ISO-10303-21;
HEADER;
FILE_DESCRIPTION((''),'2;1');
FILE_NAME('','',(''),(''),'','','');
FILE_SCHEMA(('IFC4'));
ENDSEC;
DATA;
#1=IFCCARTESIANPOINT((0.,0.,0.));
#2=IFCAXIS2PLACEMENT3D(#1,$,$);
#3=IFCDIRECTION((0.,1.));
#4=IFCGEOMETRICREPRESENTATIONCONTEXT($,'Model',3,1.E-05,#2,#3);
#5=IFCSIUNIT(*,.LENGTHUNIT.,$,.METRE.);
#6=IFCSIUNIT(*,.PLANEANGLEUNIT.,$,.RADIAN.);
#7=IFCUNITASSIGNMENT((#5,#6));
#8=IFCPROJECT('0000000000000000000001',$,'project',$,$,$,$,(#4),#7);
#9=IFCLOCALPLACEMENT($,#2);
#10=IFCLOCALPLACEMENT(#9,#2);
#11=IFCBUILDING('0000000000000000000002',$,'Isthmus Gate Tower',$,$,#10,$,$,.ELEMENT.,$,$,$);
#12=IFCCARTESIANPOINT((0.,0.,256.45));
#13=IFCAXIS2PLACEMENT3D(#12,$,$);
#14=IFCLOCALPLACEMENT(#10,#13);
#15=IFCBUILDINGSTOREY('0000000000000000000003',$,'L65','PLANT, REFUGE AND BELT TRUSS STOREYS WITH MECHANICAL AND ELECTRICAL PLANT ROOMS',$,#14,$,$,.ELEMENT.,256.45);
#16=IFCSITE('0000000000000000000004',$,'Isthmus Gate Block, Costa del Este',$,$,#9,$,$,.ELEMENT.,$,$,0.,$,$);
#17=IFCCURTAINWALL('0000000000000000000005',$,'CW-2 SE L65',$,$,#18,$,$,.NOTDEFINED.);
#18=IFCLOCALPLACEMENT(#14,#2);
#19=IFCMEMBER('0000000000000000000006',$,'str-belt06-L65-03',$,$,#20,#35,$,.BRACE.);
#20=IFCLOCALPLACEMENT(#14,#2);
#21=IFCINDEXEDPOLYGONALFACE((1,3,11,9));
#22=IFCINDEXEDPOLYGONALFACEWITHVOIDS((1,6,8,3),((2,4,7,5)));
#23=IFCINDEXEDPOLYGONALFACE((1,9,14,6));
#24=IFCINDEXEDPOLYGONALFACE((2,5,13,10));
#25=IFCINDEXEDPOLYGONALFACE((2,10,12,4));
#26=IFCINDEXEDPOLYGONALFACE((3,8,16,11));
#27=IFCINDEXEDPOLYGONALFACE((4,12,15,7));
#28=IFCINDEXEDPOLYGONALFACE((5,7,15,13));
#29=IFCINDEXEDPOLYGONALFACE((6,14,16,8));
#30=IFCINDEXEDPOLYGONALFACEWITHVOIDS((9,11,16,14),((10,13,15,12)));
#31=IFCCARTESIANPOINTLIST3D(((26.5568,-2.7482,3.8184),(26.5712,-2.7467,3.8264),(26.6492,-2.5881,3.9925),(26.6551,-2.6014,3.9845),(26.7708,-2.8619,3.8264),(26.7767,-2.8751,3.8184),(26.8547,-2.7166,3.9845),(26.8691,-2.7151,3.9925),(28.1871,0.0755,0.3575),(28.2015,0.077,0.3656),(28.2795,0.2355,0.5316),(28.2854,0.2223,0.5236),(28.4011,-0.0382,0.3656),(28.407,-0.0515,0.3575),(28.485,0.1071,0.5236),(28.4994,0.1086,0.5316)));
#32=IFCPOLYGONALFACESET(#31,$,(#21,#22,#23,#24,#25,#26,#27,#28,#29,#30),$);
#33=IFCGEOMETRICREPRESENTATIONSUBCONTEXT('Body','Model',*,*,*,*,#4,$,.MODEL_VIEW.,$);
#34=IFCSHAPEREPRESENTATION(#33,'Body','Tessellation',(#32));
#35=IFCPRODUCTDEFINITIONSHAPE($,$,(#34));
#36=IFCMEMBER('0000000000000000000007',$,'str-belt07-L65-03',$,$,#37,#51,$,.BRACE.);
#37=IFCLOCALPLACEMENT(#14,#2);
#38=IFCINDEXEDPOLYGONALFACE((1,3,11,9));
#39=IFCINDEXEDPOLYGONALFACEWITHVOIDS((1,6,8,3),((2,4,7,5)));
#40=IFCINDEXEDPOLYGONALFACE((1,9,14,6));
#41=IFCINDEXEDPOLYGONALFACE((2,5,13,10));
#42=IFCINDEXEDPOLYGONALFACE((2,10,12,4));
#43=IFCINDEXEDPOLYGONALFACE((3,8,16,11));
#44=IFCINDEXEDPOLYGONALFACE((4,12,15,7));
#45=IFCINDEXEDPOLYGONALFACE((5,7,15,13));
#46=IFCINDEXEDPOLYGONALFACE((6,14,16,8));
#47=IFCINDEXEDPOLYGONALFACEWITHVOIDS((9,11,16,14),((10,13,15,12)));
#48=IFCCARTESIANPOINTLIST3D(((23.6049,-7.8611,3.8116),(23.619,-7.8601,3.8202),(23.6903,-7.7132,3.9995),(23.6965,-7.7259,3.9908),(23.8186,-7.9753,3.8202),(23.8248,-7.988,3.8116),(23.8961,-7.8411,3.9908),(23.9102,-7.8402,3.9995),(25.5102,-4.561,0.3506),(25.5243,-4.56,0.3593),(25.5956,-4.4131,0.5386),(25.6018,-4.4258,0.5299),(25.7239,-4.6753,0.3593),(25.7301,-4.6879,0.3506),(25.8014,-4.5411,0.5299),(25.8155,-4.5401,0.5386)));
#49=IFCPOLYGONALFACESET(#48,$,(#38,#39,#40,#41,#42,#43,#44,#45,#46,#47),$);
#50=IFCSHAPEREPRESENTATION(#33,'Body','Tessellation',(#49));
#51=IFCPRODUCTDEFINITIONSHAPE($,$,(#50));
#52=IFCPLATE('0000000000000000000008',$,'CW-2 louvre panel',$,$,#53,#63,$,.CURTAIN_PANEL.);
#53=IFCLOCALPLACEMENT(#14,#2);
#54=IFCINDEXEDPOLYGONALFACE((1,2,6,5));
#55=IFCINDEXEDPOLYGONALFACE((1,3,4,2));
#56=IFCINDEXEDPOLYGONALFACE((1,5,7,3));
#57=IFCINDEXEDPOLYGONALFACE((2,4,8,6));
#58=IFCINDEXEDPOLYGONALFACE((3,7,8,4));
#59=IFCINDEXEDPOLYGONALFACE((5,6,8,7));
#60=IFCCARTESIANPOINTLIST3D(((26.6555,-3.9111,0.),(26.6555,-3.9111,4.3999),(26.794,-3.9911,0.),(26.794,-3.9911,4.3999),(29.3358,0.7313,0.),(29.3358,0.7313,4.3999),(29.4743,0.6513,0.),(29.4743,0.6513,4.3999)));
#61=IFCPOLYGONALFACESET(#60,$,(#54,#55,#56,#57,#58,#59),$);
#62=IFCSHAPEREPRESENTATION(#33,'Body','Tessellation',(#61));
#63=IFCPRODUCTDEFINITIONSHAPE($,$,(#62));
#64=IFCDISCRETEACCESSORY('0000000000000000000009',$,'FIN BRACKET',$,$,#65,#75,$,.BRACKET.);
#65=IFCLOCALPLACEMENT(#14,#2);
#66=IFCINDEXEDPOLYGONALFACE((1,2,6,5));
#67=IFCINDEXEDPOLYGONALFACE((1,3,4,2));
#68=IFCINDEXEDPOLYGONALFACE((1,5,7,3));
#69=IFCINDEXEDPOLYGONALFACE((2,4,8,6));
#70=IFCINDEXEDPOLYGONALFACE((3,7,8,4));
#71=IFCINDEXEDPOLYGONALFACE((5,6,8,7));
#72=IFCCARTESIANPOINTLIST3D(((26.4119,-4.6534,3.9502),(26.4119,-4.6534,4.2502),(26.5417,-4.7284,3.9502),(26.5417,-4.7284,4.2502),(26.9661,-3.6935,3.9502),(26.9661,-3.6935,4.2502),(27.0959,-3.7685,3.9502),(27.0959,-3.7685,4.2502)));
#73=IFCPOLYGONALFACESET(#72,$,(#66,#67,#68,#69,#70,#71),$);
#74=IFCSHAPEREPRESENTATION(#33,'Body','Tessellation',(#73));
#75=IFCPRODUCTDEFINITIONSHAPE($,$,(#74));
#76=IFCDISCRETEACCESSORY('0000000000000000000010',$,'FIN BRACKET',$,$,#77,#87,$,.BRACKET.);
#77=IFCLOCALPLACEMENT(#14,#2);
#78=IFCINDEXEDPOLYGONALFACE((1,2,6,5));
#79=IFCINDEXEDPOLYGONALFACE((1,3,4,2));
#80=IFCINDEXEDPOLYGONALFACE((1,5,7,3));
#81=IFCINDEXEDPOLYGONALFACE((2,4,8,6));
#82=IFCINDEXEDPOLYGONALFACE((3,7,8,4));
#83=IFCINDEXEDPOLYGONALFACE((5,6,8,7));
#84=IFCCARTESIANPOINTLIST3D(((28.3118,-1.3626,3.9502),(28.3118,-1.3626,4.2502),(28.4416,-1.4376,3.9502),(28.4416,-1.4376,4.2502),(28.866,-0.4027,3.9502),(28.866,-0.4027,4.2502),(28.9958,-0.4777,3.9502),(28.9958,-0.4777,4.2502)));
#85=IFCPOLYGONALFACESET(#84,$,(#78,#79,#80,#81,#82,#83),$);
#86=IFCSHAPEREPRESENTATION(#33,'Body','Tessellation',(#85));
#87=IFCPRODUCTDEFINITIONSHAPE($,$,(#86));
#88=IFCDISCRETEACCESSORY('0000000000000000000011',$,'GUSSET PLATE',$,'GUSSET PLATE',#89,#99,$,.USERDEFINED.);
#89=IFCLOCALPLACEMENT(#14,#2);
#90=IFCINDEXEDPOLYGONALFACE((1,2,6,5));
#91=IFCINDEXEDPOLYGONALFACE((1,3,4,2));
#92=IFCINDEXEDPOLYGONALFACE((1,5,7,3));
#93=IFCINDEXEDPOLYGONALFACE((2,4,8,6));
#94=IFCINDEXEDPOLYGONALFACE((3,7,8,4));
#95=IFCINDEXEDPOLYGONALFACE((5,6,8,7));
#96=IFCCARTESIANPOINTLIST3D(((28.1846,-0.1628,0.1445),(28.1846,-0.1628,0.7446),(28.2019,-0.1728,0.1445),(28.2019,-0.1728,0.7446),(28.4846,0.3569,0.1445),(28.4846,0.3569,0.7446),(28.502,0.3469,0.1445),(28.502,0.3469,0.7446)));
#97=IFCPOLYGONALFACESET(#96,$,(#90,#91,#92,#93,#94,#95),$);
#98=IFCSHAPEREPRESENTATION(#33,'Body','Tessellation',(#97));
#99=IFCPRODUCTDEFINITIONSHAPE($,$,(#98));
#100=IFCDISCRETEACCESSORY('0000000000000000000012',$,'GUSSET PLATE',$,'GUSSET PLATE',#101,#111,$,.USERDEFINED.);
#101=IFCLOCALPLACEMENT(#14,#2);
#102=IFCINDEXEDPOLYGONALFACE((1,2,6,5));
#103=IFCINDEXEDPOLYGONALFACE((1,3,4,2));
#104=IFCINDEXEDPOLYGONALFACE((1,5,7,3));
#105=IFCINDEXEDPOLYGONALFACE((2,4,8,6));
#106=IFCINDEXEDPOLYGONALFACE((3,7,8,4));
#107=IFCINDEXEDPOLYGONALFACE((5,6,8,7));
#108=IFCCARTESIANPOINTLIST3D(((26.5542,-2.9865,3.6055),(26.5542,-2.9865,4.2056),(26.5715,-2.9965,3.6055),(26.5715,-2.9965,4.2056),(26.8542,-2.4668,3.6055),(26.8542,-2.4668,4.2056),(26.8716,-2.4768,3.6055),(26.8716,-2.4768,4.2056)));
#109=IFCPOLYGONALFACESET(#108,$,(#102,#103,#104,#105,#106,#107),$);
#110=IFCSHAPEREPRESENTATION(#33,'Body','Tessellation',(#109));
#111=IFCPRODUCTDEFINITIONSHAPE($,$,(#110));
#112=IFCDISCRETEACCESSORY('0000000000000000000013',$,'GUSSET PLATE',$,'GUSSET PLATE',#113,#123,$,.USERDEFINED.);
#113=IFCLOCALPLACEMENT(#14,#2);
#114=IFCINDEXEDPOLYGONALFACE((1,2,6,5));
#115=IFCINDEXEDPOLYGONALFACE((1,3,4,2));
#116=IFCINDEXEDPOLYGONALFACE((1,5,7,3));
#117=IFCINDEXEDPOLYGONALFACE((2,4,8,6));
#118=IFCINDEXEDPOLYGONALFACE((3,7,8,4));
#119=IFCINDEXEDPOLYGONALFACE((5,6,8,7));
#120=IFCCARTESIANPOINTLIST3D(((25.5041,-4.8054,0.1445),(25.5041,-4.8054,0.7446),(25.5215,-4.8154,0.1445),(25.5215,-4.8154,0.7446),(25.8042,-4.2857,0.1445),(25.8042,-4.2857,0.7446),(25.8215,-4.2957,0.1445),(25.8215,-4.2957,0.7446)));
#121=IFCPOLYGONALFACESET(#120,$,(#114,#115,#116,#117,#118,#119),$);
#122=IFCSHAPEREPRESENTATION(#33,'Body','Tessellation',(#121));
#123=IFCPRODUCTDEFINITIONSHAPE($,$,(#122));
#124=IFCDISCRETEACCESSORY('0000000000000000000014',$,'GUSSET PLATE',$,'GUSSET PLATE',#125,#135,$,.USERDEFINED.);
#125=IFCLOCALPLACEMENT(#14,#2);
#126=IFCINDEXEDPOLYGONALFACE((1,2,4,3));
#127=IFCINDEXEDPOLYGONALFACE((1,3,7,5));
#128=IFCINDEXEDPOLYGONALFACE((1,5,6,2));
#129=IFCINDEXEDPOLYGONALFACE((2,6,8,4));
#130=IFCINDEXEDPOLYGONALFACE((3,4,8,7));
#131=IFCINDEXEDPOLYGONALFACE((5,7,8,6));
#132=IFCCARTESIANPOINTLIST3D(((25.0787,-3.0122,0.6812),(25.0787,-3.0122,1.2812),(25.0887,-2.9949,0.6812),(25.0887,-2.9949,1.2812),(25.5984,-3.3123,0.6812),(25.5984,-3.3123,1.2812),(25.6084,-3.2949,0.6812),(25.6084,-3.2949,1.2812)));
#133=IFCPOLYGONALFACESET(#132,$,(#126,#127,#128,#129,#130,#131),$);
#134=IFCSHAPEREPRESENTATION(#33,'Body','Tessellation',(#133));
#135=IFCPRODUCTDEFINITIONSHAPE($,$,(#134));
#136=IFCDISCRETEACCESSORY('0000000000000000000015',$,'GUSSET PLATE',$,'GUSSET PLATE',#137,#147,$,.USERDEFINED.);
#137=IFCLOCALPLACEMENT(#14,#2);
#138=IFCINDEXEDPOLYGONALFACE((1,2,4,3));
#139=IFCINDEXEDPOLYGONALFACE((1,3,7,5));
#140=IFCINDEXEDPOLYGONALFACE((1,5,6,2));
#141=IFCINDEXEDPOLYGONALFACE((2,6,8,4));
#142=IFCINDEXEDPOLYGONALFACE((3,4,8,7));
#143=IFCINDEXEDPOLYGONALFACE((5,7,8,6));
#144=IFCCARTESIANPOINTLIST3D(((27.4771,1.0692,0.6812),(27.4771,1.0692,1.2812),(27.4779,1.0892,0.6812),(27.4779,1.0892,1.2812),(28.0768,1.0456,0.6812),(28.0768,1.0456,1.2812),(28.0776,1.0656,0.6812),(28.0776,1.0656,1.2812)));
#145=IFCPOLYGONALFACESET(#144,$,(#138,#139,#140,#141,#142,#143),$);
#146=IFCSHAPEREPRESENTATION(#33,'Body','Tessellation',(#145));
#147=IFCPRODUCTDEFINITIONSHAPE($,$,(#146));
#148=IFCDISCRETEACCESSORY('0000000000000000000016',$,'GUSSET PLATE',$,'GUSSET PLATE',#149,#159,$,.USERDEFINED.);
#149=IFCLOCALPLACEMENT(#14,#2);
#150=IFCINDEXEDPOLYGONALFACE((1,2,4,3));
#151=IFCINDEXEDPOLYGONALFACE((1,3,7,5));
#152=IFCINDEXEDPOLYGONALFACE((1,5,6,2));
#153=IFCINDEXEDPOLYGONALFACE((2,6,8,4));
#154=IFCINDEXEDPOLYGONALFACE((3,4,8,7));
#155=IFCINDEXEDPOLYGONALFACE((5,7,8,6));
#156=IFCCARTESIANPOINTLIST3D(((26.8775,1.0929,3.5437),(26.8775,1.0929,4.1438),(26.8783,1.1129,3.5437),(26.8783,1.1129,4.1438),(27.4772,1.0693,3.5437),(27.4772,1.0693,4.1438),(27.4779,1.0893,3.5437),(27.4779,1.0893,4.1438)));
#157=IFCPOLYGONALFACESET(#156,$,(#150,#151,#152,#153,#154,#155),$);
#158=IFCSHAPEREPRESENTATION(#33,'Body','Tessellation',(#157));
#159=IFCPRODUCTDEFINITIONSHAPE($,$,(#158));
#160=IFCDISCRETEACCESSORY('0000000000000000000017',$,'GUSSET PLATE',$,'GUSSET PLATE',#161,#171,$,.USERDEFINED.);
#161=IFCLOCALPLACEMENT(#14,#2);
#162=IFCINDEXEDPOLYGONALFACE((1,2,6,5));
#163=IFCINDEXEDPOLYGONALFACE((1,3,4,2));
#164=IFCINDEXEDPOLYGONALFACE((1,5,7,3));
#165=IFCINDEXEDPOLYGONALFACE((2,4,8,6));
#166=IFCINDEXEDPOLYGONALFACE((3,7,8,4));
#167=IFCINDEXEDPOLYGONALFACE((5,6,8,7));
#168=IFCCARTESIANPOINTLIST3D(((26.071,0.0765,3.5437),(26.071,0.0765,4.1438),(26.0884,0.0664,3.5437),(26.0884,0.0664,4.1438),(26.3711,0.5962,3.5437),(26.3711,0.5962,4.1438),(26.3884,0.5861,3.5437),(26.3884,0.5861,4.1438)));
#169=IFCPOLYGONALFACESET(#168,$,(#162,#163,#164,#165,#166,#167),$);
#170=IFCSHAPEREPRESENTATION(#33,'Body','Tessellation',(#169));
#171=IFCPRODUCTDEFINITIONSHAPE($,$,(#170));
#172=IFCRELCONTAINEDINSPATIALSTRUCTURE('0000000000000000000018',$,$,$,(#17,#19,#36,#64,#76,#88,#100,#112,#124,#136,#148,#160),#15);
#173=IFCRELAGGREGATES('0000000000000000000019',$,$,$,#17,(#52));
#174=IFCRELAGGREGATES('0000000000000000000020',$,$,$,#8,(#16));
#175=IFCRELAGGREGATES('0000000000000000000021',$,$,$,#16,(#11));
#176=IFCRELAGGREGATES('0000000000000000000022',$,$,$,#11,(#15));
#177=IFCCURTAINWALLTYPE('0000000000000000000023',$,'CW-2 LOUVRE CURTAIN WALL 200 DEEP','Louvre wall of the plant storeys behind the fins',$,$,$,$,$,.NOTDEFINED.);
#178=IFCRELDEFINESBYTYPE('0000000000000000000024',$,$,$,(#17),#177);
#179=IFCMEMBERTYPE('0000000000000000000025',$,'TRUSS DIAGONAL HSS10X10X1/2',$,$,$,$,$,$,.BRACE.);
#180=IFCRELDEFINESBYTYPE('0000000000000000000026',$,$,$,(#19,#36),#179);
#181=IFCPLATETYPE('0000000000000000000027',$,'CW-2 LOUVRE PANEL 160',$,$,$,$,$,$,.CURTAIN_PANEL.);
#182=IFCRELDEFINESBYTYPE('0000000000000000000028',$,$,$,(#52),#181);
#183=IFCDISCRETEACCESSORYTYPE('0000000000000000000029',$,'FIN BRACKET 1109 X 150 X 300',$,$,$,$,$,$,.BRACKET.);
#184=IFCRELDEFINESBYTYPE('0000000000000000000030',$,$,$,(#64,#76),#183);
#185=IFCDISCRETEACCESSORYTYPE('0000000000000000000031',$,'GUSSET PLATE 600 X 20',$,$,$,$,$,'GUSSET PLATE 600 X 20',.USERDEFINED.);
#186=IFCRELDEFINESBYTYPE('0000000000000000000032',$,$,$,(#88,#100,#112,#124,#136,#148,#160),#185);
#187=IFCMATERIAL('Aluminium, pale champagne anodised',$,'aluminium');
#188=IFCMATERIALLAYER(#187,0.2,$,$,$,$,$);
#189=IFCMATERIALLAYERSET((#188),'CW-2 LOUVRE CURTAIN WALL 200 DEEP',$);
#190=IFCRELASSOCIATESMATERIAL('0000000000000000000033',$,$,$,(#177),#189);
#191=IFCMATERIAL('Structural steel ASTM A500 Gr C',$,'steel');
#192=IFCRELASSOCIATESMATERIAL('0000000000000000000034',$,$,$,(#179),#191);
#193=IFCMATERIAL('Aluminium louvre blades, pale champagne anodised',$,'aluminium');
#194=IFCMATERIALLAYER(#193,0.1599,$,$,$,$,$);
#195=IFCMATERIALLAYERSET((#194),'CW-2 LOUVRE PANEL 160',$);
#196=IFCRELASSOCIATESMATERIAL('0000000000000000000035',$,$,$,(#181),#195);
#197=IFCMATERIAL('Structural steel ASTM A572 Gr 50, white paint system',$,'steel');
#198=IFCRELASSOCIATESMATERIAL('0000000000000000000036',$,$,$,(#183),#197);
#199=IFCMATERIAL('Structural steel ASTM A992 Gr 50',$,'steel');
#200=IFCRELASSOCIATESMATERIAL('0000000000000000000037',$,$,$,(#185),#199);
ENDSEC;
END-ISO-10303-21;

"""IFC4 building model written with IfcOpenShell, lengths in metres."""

from ifc_helpers import new_model, si_unit, direction, frame, origin, origin_2d, place, context, subcontext, project, spatial, rectangle, hollow_rectangle, extrude, material, layer, layer_set, material_profile, profile_set, type_object, element, aggregate, save


model = new_model("IFC4")

# Units and contexts
model_context = context("Model", 3, precision=1e-05, world=origin(), true_north=direction((0.0, 1.0)))
body_context = subcontext(model_context, "Body", "Model", "MODEL_VIEW")
ifc_project = project(units=[si_unit("LENGTHUNIT", "METRE"), si_unit("PLANEANGLEUNIT", "RADIAN")], contexts=[model_context])

# Site, building, storey
site_placement = place(None, origin())
site = spatial("IfcSite", under=ifc_project, at=site_placement, Name="Isthmus Gate Block, Costa del Este", CompositionType="ELEMENT", RefElevation=0.0)
building_placement = place(site_placement, origin())
building = spatial("IfcBuilding", under=site, at=building_placement, Name="Isthmus Gate Tower", CompositionType="ELEMENT")
storey_placement = place(building_placement, frame((0.0, 0.0, 256.45)))
storey = spatial("IfcBuildingStorey", under=building, at=storey_placement, Name="L65", Description="PLANT, REFUGE AND BELT TRUSS STOREYS WITH MECHANICAL AND ELECTRICAL PLANT ROOMS", CompositionType="ELEMENT", Elevation=256.45)

# Curtain wall
ifc_material_1 = material(Name="Aluminium, pale champagne anodised", Category="aluminium")
ifc_layer_1 = layer(ifc_material_1, 0.2)
ifc_layer_set_1 = layer_set([ifc_layer_1], Name="CW-2 LOUVRE CURTAIN WALL 200 DEEP")
curtain_wall_type = type_object("IfcCurtainWallType", Name="CW-2 LOUVRE CURTAIN WALL 200 DEEP", Description="Louvre wall of the plant storeys behind the fins", PredefinedType="NOTDEFINED", material=ifc_layer_set_1)
curtain_wall_placement = place(storey_placement, origin())
curtain_wall = element("IfcCurtainWall", 1, at=curtain_wall_placement, inside=storey, type_object=curtain_wall_type, Name="CW-2 SE L65", PredefinedType="NOTDEFINED")

# Members
ifc_material_2 = material(Name="Structural steel ASTM A500 Gr C", Category="steel")
ifc_material_profile_1 = material_profile(ifc_material_2, hollow_rectangle(XDim=0.2539, YDim=0.2539, WallThickness=0.0117, at=origin_2d()), Name="HSS10X10X1/2")
ifc_profile_set_1 = profile_set([ifc_material_profile_1], Name="Structural steel ASTM A500 Gr C")
member_type_1 = type_object("IfcMemberType", Name="TRUSS DIAGONAL HSS10X10X1/2", PredefinedType="BRACE", material=ifc_profile_set_1)
member_1_placement = place(storey_placement, frame((28.3433, 0.092, 0.4446), z_axis=(-0.342878, -0.593849, 0.727858), x_axis=(0.866014, -0.500021, 0.0)))
element("IfcMember", 2, at=member_1_placement, inside=storey, type_object=member_type_1, Name="str-belt06-L65-03", PredefinedType="BRACE", context=body_context, shape_type="SweptSolid", body=[
    extrude(hollow_rectangle(XDim=0.2539, YDim=0.2539, WallThickness=0.0117, at=origin_2d()), origin(), (0.0, 0.0, 1.0), 4.7549),
])
member_2_placement = place(storey_placement, frame((25.6628, -4.5505, 0.4446), z_axis=(-0.370124, -0.641077, 0.672331), x_axis=(0.866027, -0.499998, 0.0)))
element("IfcMember", 3, at=member_2_placement, inside=storey, type_object=member_type_1, Name="str-belt07-L65-03", PredefinedType="BRACE", context=body_context, shape_type="SweptSolid", body=[
    extrude(hollow_rectangle(XDim=0.2539, YDim=0.2539, WallThickness=0.0117, at=origin_2d()), origin(), (0.0, 0.0, 1.0), 5.1477),
])

# Plate
ifc_material_3 = material(Name="Aluminium louvre blades, pale champagne anodised", Category="aluminium")
ifc_layer_2 = layer(ifc_material_3, 0.1599)
ifc_layer_set_2 = layer_set([ifc_layer_2], Name="CW-2 LOUVRE PANEL 160")
plate_type = type_object("IfcPlateType", Name="CW-2 LOUVRE PANEL 160", PredefinedType="CURTAIN_PANEL", material=ifc_layer_set_2)
plate_placement = place(storey_placement, frame((28.0649, -1.6299, 0.0), z_axis=(0.0, 0.0, 1.0), x_axis=(0.5, 0.866025, 0.0)))
plate = element("IfcPlate", 4, at=plate_placement, type_object=plate_type, Name="CW-2 louvre panel", PredefinedType="CURTAIN_PANEL", context=body_context, shape_type="SweptSolid", body=[
    extrude(rectangle(XDim=5.3606, YDim=0.1599, at=origin_2d()), origin(), (0.0, 0.0, 1.0), 4.3999),
])
aggregate(curtain_wall, [plate])

# Discrete accessories
ifc_material_4 = material(Name="Structural steel ASTM A572 Gr 50, white paint system", Category="steel")
discrete_accessory_type_1 = type_object("IfcDiscreteAccessoryType", Name="FIN BRACKET 1109 X 150 X 300", PredefinedType="BRACKET", material=ifc_material_4)
for number, where, z_axis, x_axis, name in (
    (5, (26.7539, -4.2109, 3.9502), (0.0, 0.0, 1.0), (0.866025, -0.5, 0.0), "FIN BRACKET"),
    (6, (28.6538, -0.9202, 3.9502), (0.0, 0.0, 1.0), (0.866025, -0.5, 0.0), "FIN BRACKET"),
):
    element("IfcDiscreteAccessory", number, at=place(storey_placement, frame(where, z_axis=z_axis, x_axis=x_axis)), inside=storey, type_object=discrete_accessory_type_1, Name=name, PredefinedType="BRACKET", context=body_context, shape_type="SweptSolid", body=[
        extrude(rectangle(XDim=0.1499, YDim=1.1084, at=origin_2d()), origin(), (0.0, 0.0, 1.0), 0.3),
    ])
ifc_material_5 = material(Name="Structural steel ASTM A992 Gr 50", Category="steel")
discrete_accessory_type_2 = type_object("IfcDiscreteAccessoryType", Name="GUSSET PLATE 600 X 20", ElementType="GUSSET PLATE 600 X 20", PredefinedType="USERDEFINED", material=ifc_material_5)
for number, where, z_axis, x_axis, name in (
    (7, (28.3433, 0.092, 0.1445), (0.0, 0.0, 1.0), (-0.5, -0.866025, 0.0), "GUSSET PLATE"),
    (8, (26.7129, -2.7317, 3.6055), (0.0, 0.0, 1.0), (-0.5, -0.866025, 0.0), "GUSSET PLATE"),
    (9, (25.6628, -4.5505, 0.1445), (0.0, 0.0, 1.0), (-0.5, -0.866025, 0.0), "GUSSET PLATE"),
    (10, (25.3435, -3.1536, 0.6812), (0.0, 0.0, 1.0), (-0.866025, 0.5, 0.0), "GUSSET PLATE"),
    (11, (27.7773, 1.0674, 0.6812), (0.0, 0.0, 1.0), (-0.999228, 0.039287, 0.0), "GUSSET PLATE"),
    (12, (27.1777, 1.0911, 3.5437), (0.0, 0.0, 1.0), (-0.999228, 0.039287, 0.0), "GUSSET PLATE"),
    (13, (26.2297, 0.3313, 3.5437), (0.0, 0.0, 1.0), (0.5, 0.866025, 0.0), "GUSSET PLATE"),
):
    element("IfcDiscreteAccessory", number, at=place(storey_placement, frame(where, z_axis=z_axis, x_axis=x_axis)), inside=storey, type_object=discrete_accessory_type_2, Name=name, ObjectType="GUSSET PLATE", PredefinedType="USERDEFINED", context=body_context, shape_type="SweptSolid", body=[
        extrude(rectangle(XDim=0.6001, YDim=0.02, at=origin_2d()), origin(), (0.0, 0.0, 1.0), 0.6001),
    ])

save(model, "model.ifc")
